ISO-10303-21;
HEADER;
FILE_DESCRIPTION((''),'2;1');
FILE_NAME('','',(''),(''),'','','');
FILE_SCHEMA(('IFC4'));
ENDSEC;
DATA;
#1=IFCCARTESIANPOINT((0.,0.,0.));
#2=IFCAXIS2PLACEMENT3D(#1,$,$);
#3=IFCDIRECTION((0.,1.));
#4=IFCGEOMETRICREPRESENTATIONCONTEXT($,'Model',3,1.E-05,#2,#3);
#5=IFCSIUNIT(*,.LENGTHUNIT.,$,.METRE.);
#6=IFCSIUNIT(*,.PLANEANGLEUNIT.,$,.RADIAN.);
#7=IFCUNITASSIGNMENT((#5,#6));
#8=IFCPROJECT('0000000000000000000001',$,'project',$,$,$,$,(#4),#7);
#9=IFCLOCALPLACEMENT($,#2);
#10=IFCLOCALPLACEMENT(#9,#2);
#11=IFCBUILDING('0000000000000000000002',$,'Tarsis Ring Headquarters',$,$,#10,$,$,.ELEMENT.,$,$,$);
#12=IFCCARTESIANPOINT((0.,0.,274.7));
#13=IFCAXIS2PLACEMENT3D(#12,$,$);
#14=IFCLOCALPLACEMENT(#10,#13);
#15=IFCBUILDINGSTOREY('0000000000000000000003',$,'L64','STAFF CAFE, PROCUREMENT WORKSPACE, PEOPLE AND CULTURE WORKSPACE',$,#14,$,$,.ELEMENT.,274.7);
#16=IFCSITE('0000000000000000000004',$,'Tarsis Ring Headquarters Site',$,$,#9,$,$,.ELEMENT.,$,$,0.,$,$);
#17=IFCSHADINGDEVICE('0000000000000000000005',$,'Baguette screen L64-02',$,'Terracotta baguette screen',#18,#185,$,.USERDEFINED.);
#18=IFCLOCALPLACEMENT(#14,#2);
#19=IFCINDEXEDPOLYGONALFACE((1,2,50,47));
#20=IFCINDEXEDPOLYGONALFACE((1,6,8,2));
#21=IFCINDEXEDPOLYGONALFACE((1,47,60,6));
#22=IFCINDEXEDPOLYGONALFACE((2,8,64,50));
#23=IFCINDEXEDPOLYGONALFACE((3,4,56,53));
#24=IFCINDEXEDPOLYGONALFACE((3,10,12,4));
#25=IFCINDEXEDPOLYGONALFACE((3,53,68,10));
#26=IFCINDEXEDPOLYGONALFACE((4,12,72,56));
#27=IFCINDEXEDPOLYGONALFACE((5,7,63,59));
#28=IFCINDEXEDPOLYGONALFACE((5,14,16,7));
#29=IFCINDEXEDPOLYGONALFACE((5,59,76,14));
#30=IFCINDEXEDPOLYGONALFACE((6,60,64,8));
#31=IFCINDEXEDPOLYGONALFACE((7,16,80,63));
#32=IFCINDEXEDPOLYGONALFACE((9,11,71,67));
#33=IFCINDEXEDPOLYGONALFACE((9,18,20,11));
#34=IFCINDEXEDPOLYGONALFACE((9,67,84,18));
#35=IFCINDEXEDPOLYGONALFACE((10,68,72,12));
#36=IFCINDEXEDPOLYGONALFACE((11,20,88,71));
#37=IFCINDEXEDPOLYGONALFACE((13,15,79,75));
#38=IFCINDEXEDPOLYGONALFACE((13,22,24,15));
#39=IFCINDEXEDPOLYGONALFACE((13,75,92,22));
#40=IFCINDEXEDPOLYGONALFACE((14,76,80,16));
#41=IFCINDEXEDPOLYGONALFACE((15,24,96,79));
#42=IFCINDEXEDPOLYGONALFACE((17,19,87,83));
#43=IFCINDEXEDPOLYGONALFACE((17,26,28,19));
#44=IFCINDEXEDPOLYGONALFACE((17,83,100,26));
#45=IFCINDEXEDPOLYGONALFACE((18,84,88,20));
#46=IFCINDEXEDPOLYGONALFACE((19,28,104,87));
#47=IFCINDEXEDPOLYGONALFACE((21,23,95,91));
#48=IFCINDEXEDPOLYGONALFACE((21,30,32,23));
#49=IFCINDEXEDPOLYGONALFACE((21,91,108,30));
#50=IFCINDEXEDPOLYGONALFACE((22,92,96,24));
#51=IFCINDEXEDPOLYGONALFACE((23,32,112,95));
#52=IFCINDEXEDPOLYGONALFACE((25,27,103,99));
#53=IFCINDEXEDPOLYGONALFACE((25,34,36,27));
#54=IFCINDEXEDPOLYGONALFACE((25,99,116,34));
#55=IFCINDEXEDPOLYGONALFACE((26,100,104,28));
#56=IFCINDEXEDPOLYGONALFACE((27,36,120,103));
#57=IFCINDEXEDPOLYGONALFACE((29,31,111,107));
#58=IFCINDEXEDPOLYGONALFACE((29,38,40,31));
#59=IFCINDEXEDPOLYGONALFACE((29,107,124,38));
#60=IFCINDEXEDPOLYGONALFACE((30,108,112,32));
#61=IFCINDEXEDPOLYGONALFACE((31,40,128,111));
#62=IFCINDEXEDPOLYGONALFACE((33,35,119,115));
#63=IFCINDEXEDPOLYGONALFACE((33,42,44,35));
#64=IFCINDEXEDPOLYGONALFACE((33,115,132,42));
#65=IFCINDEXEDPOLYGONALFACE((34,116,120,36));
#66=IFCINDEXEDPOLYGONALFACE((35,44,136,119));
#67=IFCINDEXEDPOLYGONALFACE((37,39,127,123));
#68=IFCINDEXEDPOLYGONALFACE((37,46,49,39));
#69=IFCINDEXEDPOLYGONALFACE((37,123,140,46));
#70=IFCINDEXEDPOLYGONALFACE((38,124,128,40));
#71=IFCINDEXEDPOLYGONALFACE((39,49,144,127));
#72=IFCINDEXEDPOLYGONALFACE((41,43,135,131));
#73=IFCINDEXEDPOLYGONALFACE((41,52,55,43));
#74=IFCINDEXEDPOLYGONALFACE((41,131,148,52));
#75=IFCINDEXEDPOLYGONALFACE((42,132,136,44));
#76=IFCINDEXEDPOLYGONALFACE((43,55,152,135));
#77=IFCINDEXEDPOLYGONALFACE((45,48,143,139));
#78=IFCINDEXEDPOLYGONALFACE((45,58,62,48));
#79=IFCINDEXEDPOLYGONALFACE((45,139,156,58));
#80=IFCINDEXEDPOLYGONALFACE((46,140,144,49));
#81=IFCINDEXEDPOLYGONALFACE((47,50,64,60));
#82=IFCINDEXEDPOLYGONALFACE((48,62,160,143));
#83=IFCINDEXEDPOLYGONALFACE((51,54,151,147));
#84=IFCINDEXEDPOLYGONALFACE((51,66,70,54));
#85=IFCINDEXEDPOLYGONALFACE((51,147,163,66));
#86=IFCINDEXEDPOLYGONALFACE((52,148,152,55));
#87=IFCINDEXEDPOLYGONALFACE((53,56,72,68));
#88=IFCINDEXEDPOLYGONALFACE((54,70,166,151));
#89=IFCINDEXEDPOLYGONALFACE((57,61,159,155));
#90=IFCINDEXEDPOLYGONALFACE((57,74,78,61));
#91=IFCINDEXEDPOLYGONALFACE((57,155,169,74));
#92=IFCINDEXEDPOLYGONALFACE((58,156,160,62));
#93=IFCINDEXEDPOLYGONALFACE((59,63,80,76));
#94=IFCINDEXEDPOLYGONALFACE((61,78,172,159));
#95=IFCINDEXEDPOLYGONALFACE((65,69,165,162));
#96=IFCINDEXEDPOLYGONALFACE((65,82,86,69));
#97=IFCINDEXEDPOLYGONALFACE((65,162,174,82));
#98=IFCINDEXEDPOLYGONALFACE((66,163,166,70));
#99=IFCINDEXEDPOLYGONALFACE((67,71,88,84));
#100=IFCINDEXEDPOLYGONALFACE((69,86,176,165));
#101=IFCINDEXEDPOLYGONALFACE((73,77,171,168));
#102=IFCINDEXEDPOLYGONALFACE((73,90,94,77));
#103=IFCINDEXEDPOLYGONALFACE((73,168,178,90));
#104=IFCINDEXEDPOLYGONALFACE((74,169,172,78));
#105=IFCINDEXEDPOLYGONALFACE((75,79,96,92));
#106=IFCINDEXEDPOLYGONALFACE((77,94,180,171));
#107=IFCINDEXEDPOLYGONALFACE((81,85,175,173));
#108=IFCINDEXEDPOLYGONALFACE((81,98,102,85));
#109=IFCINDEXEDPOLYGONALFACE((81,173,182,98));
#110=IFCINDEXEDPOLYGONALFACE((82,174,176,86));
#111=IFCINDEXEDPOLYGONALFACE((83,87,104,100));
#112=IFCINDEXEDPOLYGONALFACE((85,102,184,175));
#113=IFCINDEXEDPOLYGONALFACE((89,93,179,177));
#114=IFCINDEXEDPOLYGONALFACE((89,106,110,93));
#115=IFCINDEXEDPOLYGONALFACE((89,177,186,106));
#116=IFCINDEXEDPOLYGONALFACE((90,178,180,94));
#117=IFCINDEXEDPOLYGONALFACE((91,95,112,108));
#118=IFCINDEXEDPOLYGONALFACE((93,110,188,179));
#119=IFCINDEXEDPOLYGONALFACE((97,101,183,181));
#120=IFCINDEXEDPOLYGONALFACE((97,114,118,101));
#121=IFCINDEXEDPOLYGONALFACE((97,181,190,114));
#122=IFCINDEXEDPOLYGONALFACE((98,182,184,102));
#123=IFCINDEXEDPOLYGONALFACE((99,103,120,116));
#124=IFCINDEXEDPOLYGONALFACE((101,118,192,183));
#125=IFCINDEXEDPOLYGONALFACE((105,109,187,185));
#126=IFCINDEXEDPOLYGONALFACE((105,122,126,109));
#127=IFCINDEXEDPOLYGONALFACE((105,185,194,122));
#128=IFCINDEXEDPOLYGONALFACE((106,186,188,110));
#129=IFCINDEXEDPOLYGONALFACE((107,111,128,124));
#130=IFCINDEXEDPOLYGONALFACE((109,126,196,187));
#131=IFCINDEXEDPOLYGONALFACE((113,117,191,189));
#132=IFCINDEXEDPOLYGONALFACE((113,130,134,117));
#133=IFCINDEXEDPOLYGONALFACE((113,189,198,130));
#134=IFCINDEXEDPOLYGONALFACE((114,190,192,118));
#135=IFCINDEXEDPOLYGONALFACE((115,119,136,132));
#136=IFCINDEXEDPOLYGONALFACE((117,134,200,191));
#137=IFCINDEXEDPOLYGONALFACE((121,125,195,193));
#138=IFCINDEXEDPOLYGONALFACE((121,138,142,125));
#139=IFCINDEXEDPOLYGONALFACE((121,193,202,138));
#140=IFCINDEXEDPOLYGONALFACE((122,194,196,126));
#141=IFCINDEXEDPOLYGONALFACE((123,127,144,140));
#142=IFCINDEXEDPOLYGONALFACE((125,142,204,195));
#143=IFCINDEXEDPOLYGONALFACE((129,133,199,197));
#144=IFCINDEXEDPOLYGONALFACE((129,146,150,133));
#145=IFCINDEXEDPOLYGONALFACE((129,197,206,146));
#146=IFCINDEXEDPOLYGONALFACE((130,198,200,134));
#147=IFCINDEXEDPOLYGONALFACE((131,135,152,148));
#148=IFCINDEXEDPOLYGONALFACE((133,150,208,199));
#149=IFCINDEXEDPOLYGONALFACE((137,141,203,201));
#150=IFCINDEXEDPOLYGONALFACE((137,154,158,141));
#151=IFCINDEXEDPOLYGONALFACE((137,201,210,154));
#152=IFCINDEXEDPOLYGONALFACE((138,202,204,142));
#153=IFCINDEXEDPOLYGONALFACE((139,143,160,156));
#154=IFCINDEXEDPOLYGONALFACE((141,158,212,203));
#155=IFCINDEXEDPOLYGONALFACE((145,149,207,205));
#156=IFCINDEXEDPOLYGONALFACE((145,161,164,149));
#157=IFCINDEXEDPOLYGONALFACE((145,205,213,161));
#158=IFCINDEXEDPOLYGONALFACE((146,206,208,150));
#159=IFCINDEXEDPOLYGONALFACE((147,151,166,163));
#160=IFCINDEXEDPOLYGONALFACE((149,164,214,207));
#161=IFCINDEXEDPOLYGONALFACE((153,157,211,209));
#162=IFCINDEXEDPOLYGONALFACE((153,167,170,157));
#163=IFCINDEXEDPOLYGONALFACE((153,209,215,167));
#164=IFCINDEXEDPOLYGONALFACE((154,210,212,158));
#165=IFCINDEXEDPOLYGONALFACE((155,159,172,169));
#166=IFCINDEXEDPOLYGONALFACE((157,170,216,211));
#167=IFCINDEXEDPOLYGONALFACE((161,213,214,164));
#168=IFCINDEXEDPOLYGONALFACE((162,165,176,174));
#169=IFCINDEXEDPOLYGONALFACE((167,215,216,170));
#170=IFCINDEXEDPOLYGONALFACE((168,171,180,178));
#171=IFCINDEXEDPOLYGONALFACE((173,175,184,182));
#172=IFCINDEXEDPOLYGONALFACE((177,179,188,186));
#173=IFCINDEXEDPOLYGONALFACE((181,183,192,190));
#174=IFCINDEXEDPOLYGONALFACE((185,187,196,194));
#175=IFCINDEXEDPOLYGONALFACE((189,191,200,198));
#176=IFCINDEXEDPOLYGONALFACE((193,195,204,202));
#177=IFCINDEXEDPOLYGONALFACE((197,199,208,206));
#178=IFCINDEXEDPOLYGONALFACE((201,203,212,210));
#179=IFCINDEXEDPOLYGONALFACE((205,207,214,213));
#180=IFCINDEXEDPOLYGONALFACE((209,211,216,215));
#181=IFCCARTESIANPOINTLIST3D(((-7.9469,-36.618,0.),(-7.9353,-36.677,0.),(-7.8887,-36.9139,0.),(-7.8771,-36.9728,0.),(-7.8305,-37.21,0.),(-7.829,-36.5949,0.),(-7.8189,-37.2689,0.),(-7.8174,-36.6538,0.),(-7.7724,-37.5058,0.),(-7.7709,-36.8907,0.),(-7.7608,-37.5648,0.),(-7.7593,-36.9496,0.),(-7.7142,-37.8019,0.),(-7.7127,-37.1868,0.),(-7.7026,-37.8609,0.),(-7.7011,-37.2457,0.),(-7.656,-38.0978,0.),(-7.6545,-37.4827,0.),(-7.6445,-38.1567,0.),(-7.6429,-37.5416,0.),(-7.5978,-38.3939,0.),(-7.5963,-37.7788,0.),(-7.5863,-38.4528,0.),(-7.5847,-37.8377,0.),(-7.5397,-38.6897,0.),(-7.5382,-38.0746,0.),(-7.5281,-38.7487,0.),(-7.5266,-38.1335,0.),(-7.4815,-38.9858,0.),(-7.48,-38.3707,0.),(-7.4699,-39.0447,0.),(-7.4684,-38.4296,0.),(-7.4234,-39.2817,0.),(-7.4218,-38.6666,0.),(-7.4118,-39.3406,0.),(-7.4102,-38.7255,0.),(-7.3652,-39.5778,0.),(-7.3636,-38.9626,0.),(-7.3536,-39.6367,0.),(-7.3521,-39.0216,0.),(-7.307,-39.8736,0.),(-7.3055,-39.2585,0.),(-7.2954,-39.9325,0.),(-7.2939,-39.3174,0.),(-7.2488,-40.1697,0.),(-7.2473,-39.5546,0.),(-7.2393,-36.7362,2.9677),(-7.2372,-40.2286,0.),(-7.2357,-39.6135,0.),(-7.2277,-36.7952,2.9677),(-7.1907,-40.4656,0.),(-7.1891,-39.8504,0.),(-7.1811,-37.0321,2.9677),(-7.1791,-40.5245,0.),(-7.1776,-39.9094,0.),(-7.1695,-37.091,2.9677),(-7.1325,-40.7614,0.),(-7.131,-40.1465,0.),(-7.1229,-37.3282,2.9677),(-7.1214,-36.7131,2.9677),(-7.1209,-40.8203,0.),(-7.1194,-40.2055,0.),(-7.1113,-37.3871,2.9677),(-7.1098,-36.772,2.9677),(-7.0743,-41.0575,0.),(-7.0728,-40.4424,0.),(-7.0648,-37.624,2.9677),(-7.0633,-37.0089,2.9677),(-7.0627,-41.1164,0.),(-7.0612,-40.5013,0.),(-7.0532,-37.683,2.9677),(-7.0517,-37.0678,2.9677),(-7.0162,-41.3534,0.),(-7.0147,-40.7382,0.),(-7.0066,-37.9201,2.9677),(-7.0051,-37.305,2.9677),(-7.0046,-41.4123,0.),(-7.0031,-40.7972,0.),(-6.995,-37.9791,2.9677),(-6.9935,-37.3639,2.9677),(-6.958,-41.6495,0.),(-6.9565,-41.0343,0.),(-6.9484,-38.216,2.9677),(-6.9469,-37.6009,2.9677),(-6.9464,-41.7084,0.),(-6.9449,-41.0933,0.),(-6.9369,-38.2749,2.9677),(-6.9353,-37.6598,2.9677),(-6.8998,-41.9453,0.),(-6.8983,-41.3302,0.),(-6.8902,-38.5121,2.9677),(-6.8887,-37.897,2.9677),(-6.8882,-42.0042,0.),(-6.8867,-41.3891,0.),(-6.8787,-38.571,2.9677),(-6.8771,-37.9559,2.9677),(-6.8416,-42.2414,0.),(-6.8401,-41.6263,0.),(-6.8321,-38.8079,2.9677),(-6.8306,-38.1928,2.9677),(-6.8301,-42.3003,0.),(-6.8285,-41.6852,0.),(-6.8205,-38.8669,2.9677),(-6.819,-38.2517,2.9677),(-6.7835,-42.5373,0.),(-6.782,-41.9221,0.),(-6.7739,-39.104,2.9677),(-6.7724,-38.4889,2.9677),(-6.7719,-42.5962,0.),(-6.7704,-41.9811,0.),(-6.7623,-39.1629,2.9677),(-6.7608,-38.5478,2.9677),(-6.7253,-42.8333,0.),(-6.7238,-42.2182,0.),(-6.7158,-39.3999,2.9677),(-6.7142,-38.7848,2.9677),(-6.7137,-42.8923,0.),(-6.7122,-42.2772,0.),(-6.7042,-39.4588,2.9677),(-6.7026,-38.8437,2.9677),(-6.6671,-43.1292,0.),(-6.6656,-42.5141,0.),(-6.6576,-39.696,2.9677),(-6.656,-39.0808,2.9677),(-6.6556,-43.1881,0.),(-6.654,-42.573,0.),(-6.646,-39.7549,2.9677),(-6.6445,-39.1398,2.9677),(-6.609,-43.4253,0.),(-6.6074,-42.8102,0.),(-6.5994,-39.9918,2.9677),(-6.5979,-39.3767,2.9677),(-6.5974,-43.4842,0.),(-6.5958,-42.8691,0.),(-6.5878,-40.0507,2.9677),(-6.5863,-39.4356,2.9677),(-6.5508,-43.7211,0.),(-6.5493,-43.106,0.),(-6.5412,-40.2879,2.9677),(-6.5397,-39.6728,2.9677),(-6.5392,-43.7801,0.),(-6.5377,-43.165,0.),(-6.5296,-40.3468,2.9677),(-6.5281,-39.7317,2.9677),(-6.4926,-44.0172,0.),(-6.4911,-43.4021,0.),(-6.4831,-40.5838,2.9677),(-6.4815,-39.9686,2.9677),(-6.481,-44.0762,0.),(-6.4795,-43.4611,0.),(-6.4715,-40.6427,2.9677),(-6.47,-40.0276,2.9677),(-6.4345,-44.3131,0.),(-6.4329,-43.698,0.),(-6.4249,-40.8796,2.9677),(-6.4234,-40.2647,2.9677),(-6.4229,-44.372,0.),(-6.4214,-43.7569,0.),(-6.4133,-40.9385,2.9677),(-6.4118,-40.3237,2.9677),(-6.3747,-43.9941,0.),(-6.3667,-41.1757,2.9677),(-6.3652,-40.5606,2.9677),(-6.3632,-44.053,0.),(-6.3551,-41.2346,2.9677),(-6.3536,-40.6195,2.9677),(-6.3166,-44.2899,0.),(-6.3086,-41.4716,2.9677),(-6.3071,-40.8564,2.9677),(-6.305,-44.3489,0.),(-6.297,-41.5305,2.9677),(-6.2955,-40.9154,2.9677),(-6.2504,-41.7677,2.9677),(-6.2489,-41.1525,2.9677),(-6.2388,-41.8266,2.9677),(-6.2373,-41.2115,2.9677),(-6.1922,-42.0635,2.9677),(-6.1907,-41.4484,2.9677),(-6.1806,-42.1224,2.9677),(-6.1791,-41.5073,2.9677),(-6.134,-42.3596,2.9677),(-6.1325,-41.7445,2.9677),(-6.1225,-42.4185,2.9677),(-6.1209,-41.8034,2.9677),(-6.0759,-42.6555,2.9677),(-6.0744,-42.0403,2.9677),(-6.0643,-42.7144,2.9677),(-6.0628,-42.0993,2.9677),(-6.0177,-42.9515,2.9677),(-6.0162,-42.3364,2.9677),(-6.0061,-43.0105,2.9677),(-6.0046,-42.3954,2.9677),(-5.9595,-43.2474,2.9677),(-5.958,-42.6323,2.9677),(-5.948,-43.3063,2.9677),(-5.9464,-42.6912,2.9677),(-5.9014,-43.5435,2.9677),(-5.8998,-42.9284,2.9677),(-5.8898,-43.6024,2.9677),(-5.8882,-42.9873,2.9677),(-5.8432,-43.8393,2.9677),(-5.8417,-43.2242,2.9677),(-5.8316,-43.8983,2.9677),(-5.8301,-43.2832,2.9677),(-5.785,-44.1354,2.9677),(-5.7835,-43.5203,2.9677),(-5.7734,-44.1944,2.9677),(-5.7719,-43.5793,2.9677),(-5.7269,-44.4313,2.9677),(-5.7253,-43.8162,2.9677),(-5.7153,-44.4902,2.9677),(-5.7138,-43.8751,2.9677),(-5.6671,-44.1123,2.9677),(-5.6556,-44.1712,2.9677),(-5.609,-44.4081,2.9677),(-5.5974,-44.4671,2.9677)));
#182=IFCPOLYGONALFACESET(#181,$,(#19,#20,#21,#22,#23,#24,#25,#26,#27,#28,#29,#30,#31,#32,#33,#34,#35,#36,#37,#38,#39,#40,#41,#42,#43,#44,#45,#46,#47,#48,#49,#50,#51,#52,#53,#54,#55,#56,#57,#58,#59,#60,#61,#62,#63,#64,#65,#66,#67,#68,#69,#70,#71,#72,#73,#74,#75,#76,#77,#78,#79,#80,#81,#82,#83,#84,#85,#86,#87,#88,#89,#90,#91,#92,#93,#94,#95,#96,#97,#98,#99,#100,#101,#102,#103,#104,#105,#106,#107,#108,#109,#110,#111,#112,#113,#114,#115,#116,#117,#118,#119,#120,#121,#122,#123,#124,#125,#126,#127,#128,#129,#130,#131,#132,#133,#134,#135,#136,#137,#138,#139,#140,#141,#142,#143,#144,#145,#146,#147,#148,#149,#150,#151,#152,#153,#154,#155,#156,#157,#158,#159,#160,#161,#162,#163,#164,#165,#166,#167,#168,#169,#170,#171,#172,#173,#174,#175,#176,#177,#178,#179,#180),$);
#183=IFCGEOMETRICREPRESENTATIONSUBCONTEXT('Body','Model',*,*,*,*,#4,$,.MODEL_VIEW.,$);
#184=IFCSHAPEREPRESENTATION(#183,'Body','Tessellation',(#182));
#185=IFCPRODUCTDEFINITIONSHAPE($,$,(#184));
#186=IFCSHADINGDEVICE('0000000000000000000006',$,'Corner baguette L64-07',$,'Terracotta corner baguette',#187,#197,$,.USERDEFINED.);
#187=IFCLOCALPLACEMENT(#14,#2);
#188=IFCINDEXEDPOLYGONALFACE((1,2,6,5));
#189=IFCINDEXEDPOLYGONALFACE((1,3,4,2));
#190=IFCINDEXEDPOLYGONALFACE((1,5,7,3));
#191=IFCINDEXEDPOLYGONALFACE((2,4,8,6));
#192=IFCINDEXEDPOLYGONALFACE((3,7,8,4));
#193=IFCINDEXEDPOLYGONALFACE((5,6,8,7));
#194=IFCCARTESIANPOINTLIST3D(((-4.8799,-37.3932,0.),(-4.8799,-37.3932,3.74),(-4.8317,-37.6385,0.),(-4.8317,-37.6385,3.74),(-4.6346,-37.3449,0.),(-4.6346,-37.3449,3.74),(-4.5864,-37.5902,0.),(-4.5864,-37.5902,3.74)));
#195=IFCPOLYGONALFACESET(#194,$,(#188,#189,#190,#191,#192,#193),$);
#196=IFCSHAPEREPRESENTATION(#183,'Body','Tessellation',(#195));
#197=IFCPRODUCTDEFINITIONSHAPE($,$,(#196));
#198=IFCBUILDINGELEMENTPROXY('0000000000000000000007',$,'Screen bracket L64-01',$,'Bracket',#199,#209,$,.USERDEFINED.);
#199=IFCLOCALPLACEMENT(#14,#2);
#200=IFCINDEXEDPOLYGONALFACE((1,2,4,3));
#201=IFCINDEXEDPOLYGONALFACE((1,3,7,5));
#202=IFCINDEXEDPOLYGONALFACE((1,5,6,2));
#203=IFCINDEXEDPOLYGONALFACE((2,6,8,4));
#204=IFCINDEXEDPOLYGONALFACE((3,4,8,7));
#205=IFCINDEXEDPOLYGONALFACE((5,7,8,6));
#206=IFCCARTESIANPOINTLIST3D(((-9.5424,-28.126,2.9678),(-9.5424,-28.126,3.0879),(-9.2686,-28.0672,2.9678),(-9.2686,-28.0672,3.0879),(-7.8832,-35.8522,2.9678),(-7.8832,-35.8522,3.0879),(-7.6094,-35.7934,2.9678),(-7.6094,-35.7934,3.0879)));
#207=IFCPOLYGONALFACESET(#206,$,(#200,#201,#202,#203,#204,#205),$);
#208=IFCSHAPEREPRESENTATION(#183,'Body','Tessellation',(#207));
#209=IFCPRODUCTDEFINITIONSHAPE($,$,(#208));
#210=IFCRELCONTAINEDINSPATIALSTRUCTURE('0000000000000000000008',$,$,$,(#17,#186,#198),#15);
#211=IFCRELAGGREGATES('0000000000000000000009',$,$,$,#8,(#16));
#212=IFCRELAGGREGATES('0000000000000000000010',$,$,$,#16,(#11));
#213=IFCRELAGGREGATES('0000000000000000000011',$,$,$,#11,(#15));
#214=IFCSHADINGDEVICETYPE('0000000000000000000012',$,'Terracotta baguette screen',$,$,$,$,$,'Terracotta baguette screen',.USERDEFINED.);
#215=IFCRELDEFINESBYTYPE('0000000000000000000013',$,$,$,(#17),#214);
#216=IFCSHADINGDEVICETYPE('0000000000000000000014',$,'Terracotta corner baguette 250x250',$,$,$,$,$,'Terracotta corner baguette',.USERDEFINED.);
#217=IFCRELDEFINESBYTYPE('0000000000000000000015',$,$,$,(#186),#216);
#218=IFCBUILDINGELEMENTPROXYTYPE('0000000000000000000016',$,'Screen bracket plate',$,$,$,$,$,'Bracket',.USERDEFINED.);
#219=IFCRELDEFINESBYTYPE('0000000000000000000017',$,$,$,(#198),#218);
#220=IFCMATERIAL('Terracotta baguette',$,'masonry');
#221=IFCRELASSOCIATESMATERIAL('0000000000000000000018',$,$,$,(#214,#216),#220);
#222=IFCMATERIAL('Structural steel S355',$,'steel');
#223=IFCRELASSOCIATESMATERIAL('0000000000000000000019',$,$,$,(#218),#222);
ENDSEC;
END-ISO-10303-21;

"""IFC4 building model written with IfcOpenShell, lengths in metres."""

from ifc_helpers import new_model, si_unit, direction, frame, frame_2d, origin, origin_2d, place, context, subcontext, project, spatial, rectangle, composite_profile, extrude, material, type_object, element, save


model = new_model("IFC4")

# Units and contexts
model_context = context("Model", 3, precision=1e-05, world=origin(), true_north=direction((0.0, 1.0)))
body_context = subcontext(model_context, "Body", "Model", "MODEL_VIEW")
ifc_project = project(units=[si_unit("LENGTHUNIT", "METRE"), si_unit("PLANEANGLEUNIT", "RADIAN")], contexts=[model_context])

# Site, building, storey
site_placement = place(None, origin())
site = spatial("IfcSite", under=ifc_project, at=site_placement, Name="Tarsis Ring Headquarters Site", CompositionType="ELEMENT", RefElevation=0.0)
building_placement = place(site_placement, origin())
building = spatial("IfcBuilding", under=site, at=building_placement, Name="Tarsis Ring Headquarters", CompositionType="ELEMENT")
storey_placement = place(building_placement, frame((0.0, 0.0, 274.7)))
storey = spatial("IfcBuildingStorey", under=building, at=storey_placement, Name="L64", Description="STAFF CAFE, PROCUREMENT WORKSPACE, PEOPLE AND CULTURE WORKSPACE", CompositionType="ELEMENT", Elevation=274.7)

# Shared definitions
ifc_material_1 = material(Name="Structural steel S355", Category="steel")

# Shading devices
ifc_material_2 = material(Name="Terracotta baguette", Category="masonry")
shading_device_type_1 = type_object("IfcShadingDeviceType", Name="Terracotta baguette screen", ElementType="Terracotta baguette screen", PredefinedType="USERDEFINED", material=ifc_material_2)
shading_device_1_placement = place(storey_placement, frame((-7.8879, -36.6064, 0.0), z_axis=(0.0, 0.0, 1.0), x_axis=(0.192851, -0.981215, 0.0)))
element("IfcShadingDevice", 1, at=shading_device_1_placement, inside=storey, type_object=shading_device_type_1, Name="Baguette screen L64-02", ObjectType="Terracotta baguette screen", PredefinedType="USERDEFINED", context=body_context, shape_type="SweptSolid", body=[
    extrude(composite_profile([rectangle(XDim=0.0601, YDim=0.1201, at=frame_2d((0.03, 0.0))), rectangle(XDim=0.0601, YDim=0.1201, at=frame_2d((0.3315, 0.0))), rectangle(XDim=0.0601, YDim=0.1201, at=frame_2d((0.6333, 0.0))), rectangle(XDim=0.0601, YDim=0.1201, at=frame_2d((0.9348, 0.0))), rectangle(XDim=0.0601, YDim=0.1201, at=frame_2d((1.2366, 0.0))), rectangle(XDim=0.0601, YDim=0.1201, at=frame_2d((1.5381, 0.0))), rectangle(XDim=0.0601, YDim=0.1201, at=frame_2d((1.8398, 0.0))), rectangle(XDim=0.0601, YDim=0.1201, at=frame_2d((2.1414, 0.0))), rectangle(XDim=0.0601, YDim=0.1201, at=frame_2d((2.4431, 0.0))), rectangle(XDim=0.0601, YDim=0.1201, at=frame_2d((2.7446, 0.0))), rectangle(XDim=0.0601, YDim=0.1201, at=frame_2d((3.0464, 0.0))), rectangle(XDim=0.0601, YDim=0.1201, at=frame_2d((3.3479, 0.0))), rectangle(XDim=0.0601, YDim=0.1201, at=frame_2d((3.6497, 0.0))), rectangle(XDim=0.0601, YDim=0.1201, at=frame_2d((3.9512, 0.0))), rectangle(XDim=0.0601, YDim=0.1201, at=frame_2d((4.2527, 0.0))), rectangle(XDim=0.0601, YDim=0.1201, at=frame_2d((4.5544, 0.0))), rectangle(XDim=0.0601, YDim=0.1201, at=frame_2d((4.856, 0.0))), rectangle(XDim=0.0601, YDim=0.1201, at=frame_2d((5.1577, 0.0))), rectangle(XDim=0.0601, YDim=0.1201, at=frame_2d((5.4592, 0.0))), rectangle(XDim=0.0601, YDim=0.1201, at=frame_2d((5.761, 0.0))), rectangle(XDim=0.0601, YDim=0.1201, at=frame_2d((6.0625, 0.0))), rectangle(XDim=0.0601, YDim=0.1201, at=frame_2d((6.3643, 0.0))), rectangle(XDim=0.0601, YDim=0.1201, at=frame_2d((6.6658, 0.0))), rectangle(XDim=0.0601, YDim=0.1201, at=frame_2d((6.9675, 0.0))), rectangle(XDim=0.0601, YDim=0.1201, at=frame_2d((7.269, 0.0))), rectangle(XDim=0.0601, YDim=0.1201, at=frame_2d((7.5708, 0.0))), rectangle(XDim=0.0601, YDim=0.1201, at=frame_2d((7.8723, 0.0)))]), origin(), (0.082681, 0.219939, 0.972004), 3.0532),
])
shading_device_type_2 = type_object("IfcShadingDeviceType", Name="Terracotta corner baguette 250x250", ElementType="Terracotta corner baguette", PredefinedType="USERDEFINED", material=ifc_material_2)
shading_device_2_placement = place(storey_placement, frame((-4.7332, -37.4917, 0.0), z_axis=(0.0, 0.0, 1.0), x_axis=(0.192865, -0.981225, 0.0)))
element("IfcShadingDevice", 2, at=shading_device_2_placement, inside=storey, type_object=shading_device_type_2, Name="Corner baguette L64-07", ObjectType="Terracotta corner baguette", PredefinedType="USERDEFINED", context=body_context, shape_type="SweptSolid", body=[
    extrude(rectangle(XDim=0.25, YDim=0.25, at=origin_2d()), origin(), (0.0, 0.0, 1.0), 3.74),
])

# Building element proxy
building_element_proxy_type = type_object("IfcBuildingElementProxyType", Name="Screen bracket plate", ElementType="Bracket", PredefinedType="USERDEFINED", material=ifc_material_1)
proxy_placement = place(storey_placement, frame((-8.5759, -31.9597, 2.9678), z_axis=(0.0, 0.0, 1.0), x_axis=(0.20996, -0.97771, 0.0)))
element("IfcBuildingElementProxy", 3, at=proxy_placement, inside=storey, type_object=building_element_proxy_type, Name="Screen bracket L64-01", ObjectType="Bracket", PredefinedType="USERDEFINED", context=body_context, shape_type="SweptSolid", body=[
    extrude(rectangle(XDim=7.9023, YDim=0.28, at=origin_2d()), origin(), (0.0, 0.0, 1.0), 0.1201),
])

save(model, "model.ifc")
